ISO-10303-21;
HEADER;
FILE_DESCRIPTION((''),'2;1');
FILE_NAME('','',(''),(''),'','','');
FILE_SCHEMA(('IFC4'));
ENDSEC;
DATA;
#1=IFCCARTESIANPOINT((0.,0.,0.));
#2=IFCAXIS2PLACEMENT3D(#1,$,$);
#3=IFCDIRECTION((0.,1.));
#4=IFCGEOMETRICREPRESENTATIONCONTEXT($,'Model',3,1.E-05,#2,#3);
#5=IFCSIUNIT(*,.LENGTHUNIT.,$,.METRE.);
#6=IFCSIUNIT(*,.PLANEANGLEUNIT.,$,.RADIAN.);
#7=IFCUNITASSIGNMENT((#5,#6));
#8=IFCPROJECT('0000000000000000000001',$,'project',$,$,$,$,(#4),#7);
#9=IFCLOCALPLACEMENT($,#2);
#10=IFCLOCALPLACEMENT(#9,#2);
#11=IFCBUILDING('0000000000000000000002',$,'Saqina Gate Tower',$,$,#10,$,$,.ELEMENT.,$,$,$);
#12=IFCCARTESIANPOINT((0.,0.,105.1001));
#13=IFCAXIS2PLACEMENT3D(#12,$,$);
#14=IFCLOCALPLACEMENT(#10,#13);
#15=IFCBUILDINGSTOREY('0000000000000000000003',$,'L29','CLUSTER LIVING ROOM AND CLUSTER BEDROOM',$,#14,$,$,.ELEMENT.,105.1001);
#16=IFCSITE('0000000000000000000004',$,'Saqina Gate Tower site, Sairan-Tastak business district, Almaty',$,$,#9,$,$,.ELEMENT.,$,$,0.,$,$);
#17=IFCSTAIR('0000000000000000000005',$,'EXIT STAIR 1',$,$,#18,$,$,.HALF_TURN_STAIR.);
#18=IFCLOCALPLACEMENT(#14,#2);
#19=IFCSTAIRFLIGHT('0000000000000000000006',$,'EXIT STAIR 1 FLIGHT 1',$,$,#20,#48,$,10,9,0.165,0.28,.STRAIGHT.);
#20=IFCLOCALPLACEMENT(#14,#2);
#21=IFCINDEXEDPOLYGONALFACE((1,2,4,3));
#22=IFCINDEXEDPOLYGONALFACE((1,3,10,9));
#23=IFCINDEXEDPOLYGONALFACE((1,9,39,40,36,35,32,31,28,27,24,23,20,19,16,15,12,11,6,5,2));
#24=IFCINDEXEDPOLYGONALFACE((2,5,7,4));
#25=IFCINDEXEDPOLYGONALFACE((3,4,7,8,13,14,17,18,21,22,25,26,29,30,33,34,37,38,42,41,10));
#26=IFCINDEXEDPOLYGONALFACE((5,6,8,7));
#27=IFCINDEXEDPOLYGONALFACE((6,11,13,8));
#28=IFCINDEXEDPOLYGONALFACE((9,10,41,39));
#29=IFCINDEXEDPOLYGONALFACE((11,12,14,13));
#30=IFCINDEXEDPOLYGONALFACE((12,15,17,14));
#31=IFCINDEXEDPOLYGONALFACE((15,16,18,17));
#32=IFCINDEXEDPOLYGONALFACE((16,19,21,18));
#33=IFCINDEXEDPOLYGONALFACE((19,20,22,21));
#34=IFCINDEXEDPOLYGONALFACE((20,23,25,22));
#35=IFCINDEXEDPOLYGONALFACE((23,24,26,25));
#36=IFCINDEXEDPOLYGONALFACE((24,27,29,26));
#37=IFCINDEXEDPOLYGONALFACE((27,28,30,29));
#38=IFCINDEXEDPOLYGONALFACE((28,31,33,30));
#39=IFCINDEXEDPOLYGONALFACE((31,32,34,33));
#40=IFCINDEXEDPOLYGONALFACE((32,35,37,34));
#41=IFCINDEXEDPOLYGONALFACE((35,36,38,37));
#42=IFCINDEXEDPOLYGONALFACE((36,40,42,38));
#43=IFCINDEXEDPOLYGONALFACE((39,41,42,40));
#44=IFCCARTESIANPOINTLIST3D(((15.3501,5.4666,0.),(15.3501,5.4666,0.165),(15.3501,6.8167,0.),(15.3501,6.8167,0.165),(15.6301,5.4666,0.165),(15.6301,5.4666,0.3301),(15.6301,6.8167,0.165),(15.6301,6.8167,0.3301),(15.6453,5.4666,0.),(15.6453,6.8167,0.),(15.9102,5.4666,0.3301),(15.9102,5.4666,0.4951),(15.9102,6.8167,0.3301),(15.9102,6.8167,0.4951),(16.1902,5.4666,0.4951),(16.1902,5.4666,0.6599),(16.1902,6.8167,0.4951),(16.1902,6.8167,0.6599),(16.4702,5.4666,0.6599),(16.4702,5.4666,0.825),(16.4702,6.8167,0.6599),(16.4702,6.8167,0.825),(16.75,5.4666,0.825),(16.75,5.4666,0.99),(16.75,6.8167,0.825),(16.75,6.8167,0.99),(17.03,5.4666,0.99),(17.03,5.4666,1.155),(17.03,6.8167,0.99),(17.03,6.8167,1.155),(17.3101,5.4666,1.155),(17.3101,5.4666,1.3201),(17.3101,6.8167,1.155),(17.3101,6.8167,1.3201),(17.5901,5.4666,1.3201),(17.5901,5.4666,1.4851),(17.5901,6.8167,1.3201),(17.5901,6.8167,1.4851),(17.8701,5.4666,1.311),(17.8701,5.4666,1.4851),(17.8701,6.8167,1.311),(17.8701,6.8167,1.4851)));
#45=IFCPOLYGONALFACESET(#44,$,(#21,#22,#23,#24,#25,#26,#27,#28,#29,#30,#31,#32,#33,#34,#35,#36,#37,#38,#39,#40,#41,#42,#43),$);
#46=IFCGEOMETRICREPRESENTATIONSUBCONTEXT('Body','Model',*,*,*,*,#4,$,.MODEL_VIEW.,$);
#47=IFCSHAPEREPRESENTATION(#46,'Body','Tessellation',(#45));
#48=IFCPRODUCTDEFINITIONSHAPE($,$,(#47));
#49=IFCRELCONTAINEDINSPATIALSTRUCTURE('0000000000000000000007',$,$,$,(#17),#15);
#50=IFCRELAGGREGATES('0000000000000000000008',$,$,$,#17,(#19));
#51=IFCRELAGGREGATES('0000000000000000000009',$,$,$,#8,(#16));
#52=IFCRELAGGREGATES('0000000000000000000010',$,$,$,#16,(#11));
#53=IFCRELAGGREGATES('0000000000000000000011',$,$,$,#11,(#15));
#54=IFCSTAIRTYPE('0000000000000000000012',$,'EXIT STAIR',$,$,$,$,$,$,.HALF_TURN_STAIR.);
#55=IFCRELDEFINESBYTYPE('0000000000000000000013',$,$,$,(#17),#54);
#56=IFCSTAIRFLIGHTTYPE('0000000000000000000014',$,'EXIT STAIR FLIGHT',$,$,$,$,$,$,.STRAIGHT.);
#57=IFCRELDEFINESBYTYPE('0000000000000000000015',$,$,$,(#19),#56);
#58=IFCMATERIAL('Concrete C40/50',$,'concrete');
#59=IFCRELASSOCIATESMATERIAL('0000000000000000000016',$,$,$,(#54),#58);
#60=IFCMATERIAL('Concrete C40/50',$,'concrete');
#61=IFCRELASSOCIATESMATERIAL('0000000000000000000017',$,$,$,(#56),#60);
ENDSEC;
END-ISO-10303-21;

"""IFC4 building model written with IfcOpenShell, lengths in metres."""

from ifc_helpers import new_model, si_unit, direction, frame, origin, place, context, subcontext, project, spatial, polyline, outline, extrude, material, type_object, element, aggregate, save


model = new_model("IFC4")

# Units and contexts
model_context = context("Model", 3, precision=1e-05, world=origin(), true_north=direction((0.0, 1.0)))
body_context = subcontext(model_context, "Body", "Model", "MODEL_VIEW")
ifc_project = project(units=[si_unit("LENGTHUNIT", "METRE"), si_unit("PLANEANGLEUNIT", "RADIAN")], contexts=[model_context])

# Site, building, storey
site_placement = place(None, origin())
site = spatial("IfcSite", under=ifc_project, at=site_placement, Name="Saqina Gate Tower site, Sairan-Tastak business district, Almaty", CompositionType="ELEMENT", RefElevation=0.0)
building_placement = place(site_placement, origin())
building = spatial("IfcBuilding", under=site, at=building_placement, Name="Saqina Gate Tower", CompositionType="ELEMENT")
storey_placement = place(building_placement, frame((0.0, 0.0, 105.1001)))
storey = spatial("IfcBuildingStorey", under=building, at=storey_placement, Name="L29", Description="CLUSTER LIVING ROOM AND CLUSTER BEDROOM", CompositionType="ELEMENT", Elevation=105.1001)

# Stair, stair flight
ifc_material_1 = material(Name="Concrete C40/50", Category="concrete")
stair_type = type_object("IfcStairType", Name="EXIT STAIR", PredefinedType="HALF_TURN_STAIR", material=ifc_material_1)
stair_placement = place(storey_placement, origin())
stair = element("IfcStair", 1, at=stair_placement, inside=storey, type_object=stair_type, Name="EXIT STAIR 1", PredefinedType="HALF_TURN_STAIR")
ifc_material_2 = material(Name="Concrete C40/50", Category="concrete")
stair_flight_type = type_object("IfcStairFlightType", Name="EXIT STAIR FLIGHT", PredefinedType="STRAIGHT", material=ifc_material_2)
stair_flight_placement = place(storey_placement, frame((15.3501, 6.1416, 0.0), z_axis=(0.0, 0.0, 1.0), x_axis=(1.0, 0.0, 0.0)))
stair_flight = element("IfcStairFlight", 2, at=stair_flight_placement, type_object=stair_flight_type, Name="EXIT STAIR 1 FLIGHT 1", NumberOfRisers=10, NumberOfTreads=9, PredefinedType="STRAIGHT", RiserHeight=0.165, TreadLength=0.28, context=body_context, shape_type="SweptSolid", body=[
    extrude(outline(polyline([(0.0, 0.0), (0.0, 0.165), (0.28, 0.165), (0.28, 0.3301), (0.5601, 0.3301), (0.5601, 0.4951), (0.8401, 0.4951), (0.8401, 0.6599), (1.1201, 0.6599), (1.1201, 0.825), (1.3999, 0.825), (1.3999, 0.99), (1.6799, 0.99), (1.6799, 1.155), (1.96, 1.155), (1.96, 1.3201), (2.24, 1.3201), (2.24, 1.4851), (2.52, 1.4851), (2.52, 1.6499), (2.52, 1.311), (0.2952, 0.0), (0.0, 0.0)])), frame((0.0, 0.675, 0.0), z_axis=(0.0, -1.0, 0.0), x_axis=(1.0, 0.0, 0.0)), (0.0, 0.0, 1.0), 1.3501),
])
aggregate(stair, [stair_flight])

save(model, "model.ifc")
